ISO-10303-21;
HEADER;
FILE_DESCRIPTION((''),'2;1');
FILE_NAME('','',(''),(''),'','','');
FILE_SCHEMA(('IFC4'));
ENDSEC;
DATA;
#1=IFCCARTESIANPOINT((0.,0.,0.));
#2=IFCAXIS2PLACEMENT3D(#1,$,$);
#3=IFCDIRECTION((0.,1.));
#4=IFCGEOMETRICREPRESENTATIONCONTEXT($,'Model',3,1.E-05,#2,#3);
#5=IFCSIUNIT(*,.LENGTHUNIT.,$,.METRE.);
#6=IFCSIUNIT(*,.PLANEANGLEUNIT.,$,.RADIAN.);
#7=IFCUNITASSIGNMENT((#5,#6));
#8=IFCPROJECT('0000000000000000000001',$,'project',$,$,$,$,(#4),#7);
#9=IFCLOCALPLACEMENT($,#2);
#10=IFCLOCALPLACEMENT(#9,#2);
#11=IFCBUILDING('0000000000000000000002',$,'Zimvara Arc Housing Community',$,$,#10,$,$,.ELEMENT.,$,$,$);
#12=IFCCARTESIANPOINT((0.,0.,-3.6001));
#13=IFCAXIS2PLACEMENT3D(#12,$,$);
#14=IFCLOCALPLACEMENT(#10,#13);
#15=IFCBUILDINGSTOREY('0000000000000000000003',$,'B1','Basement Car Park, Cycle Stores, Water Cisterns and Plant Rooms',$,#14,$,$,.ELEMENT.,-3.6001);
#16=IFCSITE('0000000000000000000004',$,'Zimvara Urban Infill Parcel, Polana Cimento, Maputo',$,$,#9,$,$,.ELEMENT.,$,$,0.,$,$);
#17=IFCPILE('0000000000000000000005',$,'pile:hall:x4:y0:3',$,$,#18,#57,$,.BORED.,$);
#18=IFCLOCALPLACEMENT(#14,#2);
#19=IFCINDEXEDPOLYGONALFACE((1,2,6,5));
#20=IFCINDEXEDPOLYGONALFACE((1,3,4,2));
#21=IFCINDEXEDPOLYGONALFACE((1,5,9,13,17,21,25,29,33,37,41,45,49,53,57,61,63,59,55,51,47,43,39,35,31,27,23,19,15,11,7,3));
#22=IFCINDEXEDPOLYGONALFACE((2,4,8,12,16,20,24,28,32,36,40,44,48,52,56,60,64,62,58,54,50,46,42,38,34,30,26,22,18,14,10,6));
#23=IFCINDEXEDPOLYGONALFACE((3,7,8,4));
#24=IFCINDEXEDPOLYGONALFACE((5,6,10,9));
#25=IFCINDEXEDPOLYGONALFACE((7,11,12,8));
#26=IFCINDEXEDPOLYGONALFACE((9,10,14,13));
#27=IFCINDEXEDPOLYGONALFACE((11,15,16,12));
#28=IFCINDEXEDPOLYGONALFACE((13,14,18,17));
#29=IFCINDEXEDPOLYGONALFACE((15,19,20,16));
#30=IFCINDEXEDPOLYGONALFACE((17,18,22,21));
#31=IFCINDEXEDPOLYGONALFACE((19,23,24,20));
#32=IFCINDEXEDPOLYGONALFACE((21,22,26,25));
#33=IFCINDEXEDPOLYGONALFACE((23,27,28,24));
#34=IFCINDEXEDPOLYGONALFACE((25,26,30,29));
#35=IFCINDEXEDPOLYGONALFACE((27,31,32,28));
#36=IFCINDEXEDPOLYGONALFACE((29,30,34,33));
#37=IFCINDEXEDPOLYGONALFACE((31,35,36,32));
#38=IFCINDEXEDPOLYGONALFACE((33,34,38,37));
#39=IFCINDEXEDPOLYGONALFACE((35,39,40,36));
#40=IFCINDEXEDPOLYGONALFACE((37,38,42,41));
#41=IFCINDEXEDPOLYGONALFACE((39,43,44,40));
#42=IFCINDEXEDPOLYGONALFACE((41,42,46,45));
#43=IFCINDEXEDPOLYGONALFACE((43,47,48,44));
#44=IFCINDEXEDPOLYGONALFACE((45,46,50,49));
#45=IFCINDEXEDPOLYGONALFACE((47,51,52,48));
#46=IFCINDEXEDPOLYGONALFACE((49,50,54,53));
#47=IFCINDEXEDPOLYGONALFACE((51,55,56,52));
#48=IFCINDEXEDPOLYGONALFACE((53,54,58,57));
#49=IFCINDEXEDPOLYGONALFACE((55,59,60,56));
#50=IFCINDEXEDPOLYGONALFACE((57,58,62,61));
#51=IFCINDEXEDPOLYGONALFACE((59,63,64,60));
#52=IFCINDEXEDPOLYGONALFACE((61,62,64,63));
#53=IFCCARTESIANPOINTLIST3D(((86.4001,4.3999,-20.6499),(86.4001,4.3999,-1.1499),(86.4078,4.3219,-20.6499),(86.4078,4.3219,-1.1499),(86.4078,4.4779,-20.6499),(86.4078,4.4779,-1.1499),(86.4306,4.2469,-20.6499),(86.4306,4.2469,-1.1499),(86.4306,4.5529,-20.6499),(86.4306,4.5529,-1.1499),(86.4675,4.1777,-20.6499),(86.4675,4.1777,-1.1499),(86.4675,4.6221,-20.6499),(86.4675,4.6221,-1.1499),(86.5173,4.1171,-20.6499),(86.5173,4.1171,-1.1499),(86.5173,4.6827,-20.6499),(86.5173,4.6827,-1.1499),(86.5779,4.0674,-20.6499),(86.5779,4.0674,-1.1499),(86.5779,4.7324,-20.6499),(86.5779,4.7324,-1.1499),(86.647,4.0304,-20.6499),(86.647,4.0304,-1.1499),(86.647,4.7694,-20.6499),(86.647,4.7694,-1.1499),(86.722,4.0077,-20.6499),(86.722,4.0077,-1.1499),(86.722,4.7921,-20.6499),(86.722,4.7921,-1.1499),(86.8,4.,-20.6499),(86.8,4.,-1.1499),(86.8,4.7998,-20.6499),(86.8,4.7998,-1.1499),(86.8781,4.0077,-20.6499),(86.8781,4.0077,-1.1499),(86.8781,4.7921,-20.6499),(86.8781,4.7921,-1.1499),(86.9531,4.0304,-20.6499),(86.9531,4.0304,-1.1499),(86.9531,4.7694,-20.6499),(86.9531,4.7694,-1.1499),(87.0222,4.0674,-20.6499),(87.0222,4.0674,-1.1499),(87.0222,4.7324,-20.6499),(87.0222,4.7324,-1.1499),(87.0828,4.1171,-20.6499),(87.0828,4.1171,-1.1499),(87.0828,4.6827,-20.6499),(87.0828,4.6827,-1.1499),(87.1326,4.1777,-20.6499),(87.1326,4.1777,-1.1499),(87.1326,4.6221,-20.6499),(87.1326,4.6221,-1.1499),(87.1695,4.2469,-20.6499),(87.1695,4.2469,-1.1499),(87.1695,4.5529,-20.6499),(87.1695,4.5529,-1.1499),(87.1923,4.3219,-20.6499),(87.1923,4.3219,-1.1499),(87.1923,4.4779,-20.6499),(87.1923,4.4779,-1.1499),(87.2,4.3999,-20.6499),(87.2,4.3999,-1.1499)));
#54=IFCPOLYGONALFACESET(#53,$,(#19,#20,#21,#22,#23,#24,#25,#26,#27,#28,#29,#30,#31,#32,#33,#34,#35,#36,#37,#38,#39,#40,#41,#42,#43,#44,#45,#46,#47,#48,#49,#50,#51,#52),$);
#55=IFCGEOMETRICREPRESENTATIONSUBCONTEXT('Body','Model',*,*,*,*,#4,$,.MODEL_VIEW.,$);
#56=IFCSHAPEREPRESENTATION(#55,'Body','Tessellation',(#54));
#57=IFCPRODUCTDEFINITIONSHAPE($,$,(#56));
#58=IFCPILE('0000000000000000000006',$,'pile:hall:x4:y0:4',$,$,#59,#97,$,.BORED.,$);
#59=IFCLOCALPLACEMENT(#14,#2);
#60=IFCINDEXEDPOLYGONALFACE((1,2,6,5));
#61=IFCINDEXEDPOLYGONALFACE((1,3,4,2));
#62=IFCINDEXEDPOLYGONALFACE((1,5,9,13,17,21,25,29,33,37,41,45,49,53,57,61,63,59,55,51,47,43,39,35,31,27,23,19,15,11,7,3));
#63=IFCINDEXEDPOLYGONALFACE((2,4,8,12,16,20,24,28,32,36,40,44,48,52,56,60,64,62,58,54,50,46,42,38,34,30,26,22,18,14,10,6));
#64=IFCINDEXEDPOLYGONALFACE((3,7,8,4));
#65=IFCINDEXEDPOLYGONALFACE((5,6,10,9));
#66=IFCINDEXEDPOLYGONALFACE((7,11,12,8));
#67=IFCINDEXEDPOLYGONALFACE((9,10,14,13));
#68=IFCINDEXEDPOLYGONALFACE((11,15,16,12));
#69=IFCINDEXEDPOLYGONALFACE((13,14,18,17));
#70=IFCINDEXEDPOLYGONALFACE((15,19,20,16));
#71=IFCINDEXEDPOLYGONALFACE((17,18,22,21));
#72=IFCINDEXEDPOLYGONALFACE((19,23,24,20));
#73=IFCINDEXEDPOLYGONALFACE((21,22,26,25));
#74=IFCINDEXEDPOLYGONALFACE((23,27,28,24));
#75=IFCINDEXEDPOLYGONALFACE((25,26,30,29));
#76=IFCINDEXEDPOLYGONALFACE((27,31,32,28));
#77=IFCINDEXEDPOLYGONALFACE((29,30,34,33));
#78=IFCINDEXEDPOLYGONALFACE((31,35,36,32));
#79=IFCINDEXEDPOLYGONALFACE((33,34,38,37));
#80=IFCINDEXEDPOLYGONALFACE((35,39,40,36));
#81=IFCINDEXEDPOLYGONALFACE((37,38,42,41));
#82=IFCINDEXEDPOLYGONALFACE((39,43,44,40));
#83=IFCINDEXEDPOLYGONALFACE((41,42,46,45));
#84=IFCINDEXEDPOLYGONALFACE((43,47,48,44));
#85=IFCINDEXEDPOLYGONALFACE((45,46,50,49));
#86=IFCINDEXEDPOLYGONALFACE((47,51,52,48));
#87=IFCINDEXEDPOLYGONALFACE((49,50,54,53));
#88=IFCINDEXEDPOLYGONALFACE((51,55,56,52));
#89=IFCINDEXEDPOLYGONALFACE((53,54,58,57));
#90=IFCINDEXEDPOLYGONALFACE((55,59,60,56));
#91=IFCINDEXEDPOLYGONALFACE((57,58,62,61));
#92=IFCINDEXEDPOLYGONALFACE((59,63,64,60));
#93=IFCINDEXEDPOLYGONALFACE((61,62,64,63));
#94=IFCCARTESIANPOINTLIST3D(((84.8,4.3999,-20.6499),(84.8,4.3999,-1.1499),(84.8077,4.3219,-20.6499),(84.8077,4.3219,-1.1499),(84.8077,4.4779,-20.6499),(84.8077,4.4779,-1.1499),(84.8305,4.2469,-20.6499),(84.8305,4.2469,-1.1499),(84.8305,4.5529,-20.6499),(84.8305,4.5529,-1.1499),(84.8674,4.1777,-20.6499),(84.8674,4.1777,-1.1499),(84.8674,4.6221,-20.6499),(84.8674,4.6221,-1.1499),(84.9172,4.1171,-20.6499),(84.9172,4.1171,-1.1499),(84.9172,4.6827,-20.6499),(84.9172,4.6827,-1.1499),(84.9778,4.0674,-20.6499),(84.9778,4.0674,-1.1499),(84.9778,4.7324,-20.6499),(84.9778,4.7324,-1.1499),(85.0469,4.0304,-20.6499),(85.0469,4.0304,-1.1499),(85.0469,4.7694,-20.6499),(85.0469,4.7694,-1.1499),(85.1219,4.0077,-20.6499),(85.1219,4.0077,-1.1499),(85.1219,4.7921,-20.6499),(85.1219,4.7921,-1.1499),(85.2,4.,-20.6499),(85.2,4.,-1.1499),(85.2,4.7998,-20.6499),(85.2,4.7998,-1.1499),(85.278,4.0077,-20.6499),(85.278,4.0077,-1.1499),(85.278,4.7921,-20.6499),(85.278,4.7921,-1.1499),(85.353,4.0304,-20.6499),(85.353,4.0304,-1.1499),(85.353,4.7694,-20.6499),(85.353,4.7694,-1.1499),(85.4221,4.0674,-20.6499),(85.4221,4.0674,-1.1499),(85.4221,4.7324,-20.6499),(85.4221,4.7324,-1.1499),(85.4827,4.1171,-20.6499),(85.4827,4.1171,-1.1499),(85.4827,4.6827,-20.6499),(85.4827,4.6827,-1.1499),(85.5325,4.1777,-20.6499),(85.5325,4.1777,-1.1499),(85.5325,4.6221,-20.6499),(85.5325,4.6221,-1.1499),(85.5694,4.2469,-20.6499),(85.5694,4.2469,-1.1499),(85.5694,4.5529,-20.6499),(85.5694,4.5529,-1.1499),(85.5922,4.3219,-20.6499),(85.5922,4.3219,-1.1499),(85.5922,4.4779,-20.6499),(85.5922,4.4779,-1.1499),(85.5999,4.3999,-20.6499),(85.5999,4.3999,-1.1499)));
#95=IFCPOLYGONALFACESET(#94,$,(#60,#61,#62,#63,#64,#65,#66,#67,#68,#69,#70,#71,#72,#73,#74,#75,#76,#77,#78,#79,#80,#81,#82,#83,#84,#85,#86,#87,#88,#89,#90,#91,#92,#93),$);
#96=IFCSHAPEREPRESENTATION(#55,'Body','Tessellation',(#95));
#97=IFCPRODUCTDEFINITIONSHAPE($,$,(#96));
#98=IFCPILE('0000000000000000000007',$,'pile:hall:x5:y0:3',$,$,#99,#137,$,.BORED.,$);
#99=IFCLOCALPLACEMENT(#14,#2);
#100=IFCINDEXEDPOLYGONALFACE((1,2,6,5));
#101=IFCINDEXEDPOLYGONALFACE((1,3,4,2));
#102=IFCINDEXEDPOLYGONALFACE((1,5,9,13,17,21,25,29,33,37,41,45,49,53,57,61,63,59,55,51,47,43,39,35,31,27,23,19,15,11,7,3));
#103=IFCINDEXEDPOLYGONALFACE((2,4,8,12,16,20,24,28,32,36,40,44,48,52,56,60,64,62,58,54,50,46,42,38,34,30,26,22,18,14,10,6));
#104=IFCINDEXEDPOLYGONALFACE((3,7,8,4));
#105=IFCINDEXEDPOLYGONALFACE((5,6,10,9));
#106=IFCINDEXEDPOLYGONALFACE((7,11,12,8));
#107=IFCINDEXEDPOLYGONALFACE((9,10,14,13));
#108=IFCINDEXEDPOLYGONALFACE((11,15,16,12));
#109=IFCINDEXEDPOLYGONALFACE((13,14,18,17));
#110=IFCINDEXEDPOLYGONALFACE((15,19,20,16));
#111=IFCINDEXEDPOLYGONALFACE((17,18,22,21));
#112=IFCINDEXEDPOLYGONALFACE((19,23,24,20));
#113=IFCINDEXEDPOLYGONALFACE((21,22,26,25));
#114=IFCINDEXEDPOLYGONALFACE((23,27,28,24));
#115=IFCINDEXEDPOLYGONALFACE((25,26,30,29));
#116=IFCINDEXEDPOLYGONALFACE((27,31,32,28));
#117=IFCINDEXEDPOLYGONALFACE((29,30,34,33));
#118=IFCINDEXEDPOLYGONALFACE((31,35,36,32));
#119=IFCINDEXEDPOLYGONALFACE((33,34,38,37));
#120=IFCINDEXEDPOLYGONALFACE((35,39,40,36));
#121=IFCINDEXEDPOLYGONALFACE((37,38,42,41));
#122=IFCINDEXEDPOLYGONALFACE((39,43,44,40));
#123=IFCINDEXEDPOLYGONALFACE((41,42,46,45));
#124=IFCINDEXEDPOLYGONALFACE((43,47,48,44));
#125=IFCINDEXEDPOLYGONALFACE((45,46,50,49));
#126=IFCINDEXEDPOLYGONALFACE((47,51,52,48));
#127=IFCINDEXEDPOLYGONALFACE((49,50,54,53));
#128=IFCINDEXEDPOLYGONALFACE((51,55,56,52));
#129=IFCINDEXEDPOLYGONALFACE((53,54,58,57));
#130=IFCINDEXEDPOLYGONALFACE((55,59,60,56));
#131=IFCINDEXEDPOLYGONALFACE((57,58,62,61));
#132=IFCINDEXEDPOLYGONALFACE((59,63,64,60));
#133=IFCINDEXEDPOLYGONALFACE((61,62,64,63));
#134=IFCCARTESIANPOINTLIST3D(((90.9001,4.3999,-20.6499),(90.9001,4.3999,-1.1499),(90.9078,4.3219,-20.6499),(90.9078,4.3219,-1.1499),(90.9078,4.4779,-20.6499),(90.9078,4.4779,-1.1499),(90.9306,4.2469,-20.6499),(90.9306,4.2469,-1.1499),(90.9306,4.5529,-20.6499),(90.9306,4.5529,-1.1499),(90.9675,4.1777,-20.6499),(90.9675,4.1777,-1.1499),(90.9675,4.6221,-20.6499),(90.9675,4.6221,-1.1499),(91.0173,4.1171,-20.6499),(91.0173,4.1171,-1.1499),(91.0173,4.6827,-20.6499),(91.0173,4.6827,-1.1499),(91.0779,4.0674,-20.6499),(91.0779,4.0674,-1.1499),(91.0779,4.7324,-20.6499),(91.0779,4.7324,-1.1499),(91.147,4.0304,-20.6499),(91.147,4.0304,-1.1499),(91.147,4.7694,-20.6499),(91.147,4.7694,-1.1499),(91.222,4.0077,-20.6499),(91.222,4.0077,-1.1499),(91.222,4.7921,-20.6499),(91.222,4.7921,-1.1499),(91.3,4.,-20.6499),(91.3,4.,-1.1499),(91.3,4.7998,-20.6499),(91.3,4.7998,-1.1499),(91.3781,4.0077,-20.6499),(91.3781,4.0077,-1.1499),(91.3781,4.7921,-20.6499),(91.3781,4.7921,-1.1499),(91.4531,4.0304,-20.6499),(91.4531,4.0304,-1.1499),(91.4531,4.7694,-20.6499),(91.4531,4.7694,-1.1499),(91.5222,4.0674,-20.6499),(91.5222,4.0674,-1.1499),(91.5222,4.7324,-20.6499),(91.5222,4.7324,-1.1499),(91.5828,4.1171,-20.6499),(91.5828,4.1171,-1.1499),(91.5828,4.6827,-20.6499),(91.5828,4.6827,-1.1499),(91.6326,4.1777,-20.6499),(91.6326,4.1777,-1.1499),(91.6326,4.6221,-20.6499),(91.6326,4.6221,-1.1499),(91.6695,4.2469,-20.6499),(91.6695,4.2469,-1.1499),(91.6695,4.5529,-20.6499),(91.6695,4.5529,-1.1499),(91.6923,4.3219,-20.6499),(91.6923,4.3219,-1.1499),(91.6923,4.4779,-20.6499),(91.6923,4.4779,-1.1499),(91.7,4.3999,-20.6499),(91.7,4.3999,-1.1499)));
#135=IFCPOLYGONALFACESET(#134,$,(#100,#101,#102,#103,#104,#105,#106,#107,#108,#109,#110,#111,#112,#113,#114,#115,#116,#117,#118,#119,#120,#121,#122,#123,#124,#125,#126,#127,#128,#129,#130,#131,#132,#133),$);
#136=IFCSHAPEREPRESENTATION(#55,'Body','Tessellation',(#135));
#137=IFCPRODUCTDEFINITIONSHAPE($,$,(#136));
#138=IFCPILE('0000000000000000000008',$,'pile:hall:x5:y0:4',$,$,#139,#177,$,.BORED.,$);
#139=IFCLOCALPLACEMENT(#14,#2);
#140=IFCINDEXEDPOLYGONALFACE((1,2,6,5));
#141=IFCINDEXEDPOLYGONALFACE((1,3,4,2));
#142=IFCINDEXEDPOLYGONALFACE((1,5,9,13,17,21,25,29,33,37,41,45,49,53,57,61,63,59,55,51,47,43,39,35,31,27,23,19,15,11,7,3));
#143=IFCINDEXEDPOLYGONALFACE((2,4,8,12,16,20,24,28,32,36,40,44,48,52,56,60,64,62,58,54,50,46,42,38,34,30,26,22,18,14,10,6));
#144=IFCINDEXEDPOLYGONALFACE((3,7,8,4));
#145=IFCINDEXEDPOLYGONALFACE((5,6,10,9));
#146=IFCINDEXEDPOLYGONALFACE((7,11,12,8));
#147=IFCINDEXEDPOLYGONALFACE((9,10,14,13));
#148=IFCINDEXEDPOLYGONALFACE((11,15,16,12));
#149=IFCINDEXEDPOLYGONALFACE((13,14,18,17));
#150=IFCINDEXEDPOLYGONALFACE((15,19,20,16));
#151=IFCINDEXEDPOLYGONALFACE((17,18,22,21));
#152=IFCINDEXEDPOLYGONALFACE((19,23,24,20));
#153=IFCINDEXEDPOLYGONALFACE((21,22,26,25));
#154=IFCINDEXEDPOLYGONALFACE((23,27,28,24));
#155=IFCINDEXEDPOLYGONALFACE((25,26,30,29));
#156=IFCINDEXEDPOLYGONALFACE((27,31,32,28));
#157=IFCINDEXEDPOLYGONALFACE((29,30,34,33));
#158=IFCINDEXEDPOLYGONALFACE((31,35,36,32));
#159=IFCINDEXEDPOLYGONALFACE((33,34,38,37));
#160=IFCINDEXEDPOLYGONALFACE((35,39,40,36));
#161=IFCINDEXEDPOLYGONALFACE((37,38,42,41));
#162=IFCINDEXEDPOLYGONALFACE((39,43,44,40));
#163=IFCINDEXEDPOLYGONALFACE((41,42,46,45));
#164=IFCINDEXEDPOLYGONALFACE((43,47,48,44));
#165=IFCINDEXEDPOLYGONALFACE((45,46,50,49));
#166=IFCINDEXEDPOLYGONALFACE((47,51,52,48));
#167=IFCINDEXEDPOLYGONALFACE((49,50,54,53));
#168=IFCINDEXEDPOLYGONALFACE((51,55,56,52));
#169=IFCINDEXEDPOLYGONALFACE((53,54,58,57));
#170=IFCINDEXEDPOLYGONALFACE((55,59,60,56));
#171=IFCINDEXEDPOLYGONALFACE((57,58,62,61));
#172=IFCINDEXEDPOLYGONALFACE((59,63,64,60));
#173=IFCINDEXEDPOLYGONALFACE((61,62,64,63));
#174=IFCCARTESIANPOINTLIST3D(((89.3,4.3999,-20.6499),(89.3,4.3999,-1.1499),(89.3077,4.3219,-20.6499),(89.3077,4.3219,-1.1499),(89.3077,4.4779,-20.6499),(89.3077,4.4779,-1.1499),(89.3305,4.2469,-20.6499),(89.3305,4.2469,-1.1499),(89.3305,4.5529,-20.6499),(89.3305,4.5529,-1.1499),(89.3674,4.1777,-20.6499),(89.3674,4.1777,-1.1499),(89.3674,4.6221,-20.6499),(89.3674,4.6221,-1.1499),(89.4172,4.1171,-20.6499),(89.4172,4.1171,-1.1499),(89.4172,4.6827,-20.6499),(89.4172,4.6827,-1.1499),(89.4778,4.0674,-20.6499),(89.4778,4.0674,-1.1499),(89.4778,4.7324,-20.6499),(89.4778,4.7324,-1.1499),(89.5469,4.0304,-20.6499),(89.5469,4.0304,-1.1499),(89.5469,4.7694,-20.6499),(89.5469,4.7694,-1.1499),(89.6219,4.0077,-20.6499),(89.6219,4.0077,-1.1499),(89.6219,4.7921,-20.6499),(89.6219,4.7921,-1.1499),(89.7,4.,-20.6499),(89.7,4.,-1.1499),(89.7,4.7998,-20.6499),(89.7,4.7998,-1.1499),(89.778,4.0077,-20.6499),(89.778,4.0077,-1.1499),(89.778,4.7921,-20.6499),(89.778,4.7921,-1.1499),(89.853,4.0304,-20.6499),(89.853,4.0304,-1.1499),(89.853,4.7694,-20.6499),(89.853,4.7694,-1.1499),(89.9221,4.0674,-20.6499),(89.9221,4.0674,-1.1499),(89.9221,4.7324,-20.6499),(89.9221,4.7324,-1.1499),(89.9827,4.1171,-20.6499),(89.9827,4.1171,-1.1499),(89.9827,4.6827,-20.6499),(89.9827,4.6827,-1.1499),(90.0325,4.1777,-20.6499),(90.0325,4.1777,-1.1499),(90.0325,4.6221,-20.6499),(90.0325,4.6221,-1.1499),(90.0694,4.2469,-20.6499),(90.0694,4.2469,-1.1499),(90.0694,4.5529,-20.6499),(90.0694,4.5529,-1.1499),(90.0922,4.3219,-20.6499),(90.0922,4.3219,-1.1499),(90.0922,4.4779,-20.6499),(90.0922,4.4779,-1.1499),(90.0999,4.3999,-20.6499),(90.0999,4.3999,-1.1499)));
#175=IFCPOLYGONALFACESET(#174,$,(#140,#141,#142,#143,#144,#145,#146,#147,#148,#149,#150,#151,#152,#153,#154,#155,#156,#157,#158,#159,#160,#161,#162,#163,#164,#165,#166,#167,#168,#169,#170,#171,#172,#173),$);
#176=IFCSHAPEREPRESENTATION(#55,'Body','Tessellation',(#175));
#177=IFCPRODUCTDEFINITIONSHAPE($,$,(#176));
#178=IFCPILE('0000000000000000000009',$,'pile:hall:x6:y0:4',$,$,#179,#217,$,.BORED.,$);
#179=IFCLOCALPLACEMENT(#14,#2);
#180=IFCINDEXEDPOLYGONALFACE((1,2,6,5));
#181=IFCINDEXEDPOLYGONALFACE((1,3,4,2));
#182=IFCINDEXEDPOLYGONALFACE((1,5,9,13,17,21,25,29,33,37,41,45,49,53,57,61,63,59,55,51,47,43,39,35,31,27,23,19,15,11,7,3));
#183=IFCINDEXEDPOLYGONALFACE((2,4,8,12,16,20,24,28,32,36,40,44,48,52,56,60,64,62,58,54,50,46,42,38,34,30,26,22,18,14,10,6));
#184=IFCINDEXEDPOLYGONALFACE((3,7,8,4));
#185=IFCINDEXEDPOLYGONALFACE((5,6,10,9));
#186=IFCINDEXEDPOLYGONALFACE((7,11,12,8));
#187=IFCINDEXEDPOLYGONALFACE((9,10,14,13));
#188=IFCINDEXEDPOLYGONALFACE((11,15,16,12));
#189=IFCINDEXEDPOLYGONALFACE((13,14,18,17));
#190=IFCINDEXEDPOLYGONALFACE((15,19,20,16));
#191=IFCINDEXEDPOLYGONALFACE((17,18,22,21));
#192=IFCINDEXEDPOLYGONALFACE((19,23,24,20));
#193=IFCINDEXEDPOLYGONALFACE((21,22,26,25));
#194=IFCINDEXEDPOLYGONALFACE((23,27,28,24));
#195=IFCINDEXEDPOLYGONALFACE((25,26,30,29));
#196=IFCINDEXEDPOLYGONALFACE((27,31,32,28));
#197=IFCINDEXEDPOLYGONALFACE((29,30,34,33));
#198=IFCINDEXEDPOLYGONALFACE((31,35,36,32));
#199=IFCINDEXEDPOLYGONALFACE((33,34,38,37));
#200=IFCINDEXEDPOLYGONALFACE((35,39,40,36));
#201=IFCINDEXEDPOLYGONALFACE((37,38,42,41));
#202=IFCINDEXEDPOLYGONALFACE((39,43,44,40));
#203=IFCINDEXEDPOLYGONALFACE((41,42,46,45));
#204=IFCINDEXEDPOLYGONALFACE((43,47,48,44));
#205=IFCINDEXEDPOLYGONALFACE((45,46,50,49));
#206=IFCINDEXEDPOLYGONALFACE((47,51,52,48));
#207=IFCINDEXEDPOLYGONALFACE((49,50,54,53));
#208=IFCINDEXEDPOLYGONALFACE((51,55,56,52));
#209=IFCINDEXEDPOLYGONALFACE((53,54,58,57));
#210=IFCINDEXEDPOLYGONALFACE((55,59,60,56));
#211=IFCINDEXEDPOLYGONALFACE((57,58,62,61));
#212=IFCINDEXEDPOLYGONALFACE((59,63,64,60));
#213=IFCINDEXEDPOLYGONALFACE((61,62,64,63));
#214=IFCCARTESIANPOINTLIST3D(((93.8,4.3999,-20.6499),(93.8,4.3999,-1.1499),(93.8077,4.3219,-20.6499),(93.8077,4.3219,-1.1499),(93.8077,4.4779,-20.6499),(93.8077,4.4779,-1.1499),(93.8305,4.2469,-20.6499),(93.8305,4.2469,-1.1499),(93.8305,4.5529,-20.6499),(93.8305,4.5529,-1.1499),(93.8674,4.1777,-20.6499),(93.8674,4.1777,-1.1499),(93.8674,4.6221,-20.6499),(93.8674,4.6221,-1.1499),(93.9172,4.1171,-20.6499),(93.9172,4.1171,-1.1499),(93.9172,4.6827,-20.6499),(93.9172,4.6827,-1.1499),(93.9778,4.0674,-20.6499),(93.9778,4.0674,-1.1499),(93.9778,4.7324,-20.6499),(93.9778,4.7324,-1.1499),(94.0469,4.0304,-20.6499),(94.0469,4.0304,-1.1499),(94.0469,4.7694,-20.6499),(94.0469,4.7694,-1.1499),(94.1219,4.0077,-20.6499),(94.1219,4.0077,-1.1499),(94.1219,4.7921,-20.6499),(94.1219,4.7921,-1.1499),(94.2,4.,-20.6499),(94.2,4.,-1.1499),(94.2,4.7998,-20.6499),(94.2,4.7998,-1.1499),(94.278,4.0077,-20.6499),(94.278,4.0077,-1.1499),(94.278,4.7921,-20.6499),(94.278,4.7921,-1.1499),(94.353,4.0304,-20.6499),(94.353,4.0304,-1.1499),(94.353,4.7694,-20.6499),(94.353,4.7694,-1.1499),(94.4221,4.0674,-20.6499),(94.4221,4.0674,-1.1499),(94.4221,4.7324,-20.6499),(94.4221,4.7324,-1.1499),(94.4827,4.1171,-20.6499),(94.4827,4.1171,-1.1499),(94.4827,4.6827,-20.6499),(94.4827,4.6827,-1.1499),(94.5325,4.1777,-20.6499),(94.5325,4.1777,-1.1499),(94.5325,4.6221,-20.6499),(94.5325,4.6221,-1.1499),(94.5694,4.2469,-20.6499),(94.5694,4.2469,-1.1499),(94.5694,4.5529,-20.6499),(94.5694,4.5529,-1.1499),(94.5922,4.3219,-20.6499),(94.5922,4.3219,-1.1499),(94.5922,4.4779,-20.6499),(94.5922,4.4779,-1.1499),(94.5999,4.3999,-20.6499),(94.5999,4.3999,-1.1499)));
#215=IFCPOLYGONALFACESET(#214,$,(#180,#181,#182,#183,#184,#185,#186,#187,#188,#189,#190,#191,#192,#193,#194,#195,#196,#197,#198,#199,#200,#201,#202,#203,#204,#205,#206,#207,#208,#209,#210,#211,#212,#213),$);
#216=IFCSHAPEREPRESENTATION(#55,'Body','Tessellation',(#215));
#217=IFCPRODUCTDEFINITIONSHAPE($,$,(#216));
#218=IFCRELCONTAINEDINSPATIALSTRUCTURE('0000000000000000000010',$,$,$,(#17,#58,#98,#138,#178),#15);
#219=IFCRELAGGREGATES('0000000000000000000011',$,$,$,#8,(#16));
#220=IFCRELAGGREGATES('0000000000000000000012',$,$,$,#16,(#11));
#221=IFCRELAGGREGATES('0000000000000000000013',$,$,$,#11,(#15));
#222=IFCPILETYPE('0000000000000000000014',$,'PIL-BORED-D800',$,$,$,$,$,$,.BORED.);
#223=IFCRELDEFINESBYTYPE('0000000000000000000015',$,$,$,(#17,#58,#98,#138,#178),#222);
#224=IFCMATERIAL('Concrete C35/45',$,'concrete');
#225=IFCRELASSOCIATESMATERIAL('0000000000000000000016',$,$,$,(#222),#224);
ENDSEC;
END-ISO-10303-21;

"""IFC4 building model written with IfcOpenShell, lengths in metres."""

from ifc_helpers import new_model, si_unit, direction, frame, origin, origin_2d, place, context, subcontext, project, spatial, circle, extrude, material, material_profile, profile_set, type_object, element, save


model = new_model("IFC4")

# Units and contexts
model_context = context("Model", 3, precision=1e-05, world=origin(), true_north=direction((0.0, 1.0)))
body_context = subcontext(model_context, "Body", "Model", "MODEL_VIEW")
ifc_project = project(units=[si_unit("LENGTHUNIT", "METRE"), si_unit("PLANEANGLEUNIT", "RADIAN")], contexts=[model_context])

# Site, building, storey
site_placement = place(None, origin())
site = spatial("IfcSite", under=ifc_project, at=site_placement, Name="Zimvara Urban Infill Parcel, Polana Cimento, Maputo", CompositionType="ELEMENT", RefElevation=0.0)
building_placement = place(site_placement, origin())
building = spatial("IfcBuilding", under=site, at=building_placement, Name="Zimvara Arc Housing Community", CompositionType="ELEMENT")
storey_placement = place(building_placement, frame((0.0, 0.0, -3.6001)))
storey = spatial("IfcBuildingStorey", under=building, at=storey_placement, Name="B1", Description="Basement Car Park, Cycle Stores, Water Cisterns and Plant Rooms", CompositionType="ELEMENT", Elevation=-3.6001)

# Piles
ifc_material_1 = material(Name="Concrete C35/45", Category="concrete")
ifc_material_profile_1 = material_profile(ifc_material_1, circle(Radius=0.3999, at=origin_2d()), Name="PILE D800")
ifc_profile_set_1 = profile_set([ifc_material_profile_1], Name="Concrete C35/45")
pile_type_1 = type_object("IfcPileType", Name="PIL-BORED-D800", PredefinedType="BORED", material=ifc_profile_set_1)
for number, where, z_axis, x_axis, name in (
    (1, (86.8, 4.3999, -1.1499), (0.0, 0.0, -1.0), (1.0, 0.0, 0.0), "pile:hall:x4:y0:3"),
    (2, (85.2, 4.3999, -1.1499), (0.0, 0.0, -1.0), (1.0, 0.0, 0.0), "pile:hall:x4:y0:4"),
    (3, (91.3, 4.3999, -1.1499), (0.0, 0.0, -1.0), (1.0, 0.0, 0.0), "pile:hall:x5:y0:3"),
    (4, (89.7, 4.3999, -1.1499), (0.0, 0.0, -1.0), (1.0, 0.0, 0.0), "pile:hall:x5:y0:4"),
    (5, (94.2, 4.3999, -1.1499), (0.0, 0.0, -1.0), (1.0, 0.0, 0.0), "pile:hall:x6:y0:4"),
):
    element("IfcPile", number, at=place(storey_placement, frame(where, z_axis=z_axis, x_axis=x_axis)), inside=storey, type_object=pile_type_1, Name=name, PredefinedType="BORED", context=body_context, shape_type="SweptSolid", body=[
        extrude(circle(Radius=0.3999, at=origin_2d()), origin(), (0.0, 0.0, 1.0), 19.5),
    ])

save(model, "model.ifc")
